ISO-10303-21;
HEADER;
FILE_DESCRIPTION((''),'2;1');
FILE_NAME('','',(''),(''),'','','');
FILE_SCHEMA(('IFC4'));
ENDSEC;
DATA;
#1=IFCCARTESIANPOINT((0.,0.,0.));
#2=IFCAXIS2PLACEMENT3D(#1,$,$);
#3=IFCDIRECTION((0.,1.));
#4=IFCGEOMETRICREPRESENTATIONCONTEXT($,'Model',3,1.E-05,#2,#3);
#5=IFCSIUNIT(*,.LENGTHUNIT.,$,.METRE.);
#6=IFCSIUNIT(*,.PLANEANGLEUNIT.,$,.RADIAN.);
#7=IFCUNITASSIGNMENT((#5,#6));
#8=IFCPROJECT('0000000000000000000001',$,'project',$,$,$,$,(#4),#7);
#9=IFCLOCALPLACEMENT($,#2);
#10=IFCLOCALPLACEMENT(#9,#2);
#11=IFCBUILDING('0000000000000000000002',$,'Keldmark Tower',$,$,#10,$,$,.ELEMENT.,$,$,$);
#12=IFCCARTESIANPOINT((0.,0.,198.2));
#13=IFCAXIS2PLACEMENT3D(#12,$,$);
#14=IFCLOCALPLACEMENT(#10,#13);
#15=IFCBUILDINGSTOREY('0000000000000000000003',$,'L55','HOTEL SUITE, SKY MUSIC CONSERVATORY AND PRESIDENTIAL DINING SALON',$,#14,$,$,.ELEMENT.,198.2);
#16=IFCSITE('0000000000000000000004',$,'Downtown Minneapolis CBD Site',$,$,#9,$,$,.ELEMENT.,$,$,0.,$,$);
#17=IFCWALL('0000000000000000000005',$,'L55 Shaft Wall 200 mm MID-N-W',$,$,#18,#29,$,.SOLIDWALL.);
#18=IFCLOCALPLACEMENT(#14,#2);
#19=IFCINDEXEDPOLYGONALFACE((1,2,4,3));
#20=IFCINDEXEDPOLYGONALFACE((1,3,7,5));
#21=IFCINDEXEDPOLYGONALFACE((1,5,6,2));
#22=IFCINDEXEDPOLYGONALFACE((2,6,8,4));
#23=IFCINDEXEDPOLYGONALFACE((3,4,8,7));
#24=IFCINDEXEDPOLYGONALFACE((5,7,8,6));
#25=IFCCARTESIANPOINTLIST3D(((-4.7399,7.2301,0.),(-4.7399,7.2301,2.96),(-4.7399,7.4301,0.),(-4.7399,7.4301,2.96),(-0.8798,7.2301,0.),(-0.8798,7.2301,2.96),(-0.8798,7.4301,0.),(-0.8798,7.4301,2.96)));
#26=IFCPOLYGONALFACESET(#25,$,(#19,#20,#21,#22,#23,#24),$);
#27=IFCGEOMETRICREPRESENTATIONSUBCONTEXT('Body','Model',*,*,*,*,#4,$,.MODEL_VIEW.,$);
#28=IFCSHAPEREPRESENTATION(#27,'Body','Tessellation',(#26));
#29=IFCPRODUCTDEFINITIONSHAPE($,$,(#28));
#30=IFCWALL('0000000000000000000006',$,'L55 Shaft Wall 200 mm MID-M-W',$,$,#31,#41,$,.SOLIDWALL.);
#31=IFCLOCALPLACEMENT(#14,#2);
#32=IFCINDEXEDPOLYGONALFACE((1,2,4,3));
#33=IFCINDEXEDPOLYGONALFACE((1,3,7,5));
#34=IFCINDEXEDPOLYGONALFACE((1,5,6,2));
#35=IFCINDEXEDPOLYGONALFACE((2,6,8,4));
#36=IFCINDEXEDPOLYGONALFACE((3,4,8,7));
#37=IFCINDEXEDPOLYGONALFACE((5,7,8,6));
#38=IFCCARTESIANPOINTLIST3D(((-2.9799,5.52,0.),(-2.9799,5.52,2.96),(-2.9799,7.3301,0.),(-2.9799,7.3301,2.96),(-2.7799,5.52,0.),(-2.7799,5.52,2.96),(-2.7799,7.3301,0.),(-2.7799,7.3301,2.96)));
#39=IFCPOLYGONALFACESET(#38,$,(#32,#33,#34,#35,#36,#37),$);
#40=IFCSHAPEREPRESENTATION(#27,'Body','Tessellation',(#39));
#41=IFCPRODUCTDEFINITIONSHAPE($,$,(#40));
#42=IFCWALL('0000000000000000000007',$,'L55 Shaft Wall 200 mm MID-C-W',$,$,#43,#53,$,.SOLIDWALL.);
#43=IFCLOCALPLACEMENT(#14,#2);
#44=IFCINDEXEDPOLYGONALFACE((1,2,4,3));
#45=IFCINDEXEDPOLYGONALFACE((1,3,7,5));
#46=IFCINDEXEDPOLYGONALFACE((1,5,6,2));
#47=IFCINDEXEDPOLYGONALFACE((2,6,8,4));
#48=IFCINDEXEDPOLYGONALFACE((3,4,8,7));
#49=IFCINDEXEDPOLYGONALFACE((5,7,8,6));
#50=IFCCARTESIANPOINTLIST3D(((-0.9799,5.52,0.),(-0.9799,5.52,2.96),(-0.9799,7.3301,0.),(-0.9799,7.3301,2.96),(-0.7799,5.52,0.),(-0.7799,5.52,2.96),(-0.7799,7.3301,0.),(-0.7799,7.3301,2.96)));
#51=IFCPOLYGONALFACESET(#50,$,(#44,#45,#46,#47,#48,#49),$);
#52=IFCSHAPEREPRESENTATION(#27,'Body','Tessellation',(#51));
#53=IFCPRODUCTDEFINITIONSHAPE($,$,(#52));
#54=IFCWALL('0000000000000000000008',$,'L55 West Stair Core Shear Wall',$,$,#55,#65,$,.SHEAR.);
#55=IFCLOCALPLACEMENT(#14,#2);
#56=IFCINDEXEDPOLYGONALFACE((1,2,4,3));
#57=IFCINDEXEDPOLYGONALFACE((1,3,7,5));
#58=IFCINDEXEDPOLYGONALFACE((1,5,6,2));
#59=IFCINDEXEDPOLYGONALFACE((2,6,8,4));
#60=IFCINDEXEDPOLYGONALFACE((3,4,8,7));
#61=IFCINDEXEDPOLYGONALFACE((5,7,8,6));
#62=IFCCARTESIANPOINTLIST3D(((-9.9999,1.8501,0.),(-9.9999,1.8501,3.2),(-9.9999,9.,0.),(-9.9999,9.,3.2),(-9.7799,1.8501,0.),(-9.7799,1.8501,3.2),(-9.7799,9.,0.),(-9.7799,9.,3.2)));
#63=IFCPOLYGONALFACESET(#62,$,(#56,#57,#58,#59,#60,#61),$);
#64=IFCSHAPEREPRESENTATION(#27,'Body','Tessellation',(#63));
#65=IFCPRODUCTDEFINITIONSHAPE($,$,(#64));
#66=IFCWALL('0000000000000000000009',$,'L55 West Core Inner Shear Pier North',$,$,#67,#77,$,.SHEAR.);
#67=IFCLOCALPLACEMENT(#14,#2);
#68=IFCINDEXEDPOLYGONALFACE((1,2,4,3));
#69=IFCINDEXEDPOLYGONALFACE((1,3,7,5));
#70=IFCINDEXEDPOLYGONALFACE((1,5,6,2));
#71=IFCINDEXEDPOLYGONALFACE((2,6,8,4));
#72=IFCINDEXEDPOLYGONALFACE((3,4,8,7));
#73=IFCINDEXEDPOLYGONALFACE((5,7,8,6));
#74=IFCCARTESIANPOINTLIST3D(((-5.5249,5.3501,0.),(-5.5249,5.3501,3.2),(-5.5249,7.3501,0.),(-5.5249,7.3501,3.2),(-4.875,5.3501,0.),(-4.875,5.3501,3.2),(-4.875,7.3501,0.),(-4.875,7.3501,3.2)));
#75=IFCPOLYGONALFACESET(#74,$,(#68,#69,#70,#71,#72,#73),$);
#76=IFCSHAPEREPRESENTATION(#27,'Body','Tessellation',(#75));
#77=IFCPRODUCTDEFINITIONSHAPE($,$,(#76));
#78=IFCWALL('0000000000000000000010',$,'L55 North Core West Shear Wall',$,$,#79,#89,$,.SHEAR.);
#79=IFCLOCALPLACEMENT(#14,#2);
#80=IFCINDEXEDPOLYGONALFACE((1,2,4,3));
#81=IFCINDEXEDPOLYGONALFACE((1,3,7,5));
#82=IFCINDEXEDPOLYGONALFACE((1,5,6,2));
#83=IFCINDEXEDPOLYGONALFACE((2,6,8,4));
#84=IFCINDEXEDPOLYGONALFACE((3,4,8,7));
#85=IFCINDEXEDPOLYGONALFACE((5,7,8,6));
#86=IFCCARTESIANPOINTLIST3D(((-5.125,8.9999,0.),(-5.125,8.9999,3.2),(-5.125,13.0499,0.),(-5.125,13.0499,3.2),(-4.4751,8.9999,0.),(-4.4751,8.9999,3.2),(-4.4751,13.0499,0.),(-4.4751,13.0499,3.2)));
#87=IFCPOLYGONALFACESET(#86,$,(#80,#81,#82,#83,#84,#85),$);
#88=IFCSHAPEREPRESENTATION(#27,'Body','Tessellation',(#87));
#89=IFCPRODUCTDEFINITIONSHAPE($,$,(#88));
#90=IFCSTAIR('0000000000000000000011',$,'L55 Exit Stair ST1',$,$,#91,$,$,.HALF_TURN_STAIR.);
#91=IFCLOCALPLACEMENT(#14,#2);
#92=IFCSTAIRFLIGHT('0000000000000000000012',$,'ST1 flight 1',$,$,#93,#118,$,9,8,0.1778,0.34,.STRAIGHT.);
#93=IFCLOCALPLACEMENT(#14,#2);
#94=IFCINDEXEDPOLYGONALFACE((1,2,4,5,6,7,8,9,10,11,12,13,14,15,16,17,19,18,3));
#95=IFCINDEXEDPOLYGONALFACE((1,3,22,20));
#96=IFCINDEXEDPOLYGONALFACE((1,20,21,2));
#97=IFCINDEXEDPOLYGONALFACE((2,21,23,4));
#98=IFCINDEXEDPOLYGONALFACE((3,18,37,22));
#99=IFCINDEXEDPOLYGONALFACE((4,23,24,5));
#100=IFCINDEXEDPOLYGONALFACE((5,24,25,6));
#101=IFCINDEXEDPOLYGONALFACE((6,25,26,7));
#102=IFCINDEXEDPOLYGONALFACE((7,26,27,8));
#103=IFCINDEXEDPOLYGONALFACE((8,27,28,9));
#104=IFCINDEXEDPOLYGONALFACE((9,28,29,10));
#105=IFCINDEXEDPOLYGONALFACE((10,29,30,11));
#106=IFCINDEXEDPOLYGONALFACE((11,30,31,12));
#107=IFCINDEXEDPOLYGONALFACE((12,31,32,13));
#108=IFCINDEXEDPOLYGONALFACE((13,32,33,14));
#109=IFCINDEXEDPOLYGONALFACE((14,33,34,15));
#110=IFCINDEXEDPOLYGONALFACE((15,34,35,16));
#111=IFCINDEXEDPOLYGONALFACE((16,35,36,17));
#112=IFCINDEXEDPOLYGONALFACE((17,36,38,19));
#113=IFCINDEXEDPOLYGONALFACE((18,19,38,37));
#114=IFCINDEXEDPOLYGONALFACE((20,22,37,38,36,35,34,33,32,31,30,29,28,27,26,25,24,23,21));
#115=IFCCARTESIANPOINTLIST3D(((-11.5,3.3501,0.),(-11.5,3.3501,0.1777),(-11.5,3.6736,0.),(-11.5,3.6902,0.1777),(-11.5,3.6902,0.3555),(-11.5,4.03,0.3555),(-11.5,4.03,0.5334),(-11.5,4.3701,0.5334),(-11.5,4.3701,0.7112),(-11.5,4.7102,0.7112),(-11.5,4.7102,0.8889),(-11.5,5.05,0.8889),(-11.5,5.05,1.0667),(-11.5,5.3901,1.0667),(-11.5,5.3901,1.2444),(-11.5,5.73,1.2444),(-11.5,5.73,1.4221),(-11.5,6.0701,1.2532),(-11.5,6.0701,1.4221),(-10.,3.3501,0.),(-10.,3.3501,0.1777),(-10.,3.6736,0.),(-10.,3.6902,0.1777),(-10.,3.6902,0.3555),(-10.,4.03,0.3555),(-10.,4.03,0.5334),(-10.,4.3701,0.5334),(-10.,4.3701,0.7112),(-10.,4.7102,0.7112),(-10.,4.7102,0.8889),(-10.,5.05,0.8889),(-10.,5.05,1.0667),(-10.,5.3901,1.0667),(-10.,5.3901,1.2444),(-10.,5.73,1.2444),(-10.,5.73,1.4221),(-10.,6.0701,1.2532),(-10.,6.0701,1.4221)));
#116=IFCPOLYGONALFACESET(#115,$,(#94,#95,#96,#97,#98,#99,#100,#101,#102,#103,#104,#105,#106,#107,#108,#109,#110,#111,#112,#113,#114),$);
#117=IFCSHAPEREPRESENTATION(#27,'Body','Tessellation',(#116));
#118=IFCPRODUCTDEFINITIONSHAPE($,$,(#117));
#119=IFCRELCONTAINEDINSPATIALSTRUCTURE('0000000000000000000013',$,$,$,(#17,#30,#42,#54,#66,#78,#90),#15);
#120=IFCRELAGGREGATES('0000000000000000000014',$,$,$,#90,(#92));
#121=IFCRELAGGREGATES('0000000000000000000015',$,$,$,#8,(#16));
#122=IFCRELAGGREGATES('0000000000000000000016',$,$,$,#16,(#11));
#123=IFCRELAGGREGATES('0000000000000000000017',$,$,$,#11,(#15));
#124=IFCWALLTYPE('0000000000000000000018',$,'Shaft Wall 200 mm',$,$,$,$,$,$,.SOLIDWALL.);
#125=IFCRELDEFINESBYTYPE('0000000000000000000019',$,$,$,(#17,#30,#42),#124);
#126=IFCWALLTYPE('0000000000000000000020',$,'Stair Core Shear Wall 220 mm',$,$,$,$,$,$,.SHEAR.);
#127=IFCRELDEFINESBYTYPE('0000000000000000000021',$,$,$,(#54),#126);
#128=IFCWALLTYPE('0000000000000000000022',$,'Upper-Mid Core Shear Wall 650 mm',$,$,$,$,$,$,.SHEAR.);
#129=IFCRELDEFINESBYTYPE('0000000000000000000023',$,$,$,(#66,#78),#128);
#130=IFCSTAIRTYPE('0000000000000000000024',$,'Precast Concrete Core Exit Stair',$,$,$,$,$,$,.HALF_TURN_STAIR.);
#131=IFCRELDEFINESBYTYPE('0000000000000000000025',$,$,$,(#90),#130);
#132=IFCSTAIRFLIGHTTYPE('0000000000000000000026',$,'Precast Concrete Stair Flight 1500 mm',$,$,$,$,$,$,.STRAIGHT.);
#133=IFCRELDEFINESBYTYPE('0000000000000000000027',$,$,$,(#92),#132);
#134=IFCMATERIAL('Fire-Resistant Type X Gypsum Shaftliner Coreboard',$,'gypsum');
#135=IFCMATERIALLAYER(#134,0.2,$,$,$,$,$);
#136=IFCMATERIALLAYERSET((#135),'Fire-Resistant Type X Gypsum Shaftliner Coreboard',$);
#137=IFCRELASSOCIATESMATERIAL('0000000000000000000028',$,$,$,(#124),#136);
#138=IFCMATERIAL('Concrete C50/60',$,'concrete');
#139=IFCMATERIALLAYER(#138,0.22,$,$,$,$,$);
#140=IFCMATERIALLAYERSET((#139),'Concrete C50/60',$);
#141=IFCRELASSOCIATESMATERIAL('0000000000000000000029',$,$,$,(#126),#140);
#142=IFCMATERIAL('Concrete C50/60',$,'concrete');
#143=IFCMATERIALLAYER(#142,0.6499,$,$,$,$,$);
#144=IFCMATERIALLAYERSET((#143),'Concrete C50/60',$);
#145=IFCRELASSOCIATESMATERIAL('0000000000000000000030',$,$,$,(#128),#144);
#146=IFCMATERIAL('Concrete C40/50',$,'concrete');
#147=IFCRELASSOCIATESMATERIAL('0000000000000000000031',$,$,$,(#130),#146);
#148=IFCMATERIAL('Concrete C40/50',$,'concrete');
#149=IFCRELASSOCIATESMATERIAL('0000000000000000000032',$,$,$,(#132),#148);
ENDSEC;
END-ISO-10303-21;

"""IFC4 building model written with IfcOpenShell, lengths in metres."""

from ifc_helpers import new_model, si_unit, direction, frame, frame_2d, origin, place, context, subcontext, project, spatial, polyline, rectangle, outline, extrude, material, layer, layer_set, type_object, element, aggregate, save


model = new_model("IFC4")

# Units and contexts
model_context = context("Model", 3, precision=1e-05, world=origin(), true_north=direction((0.0, 1.0)))
body_context = subcontext(model_context, "Body", "Model", "MODEL_VIEW")
ifc_project = project(units=[si_unit("LENGTHUNIT", "METRE"), si_unit("PLANEANGLEUNIT", "RADIAN")], contexts=[model_context])

# Site, building, storey
site_placement = place(None, origin())
site = spatial("IfcSite", under=ifc_project, at=site_placement, Name="Downtown Minneapolis CBD Site", CompositionType="ELEMENT", RefElevation=0.0)
building_placement = place(site_placement, origin())
building = spatial("IfcBuilding", under=site, at=building_placement, Name="Keldmark Tower", CompositionType="ELEMENT")
storey_placement = place(building_placement, frame((0.0, 0.0, 198.2)))
storey = spatial("IfcBuildingStorey", under=building, at=storey_placement, Name="L55", Description="HOTEL SUITE, SKY MUSIC CONSERVATORY AND PRESIDENTIAL DINING SALON", CompositionType="ELEMENT", Elevation=198.2)

# Shared definitions
ifc_material_1 = material(Name="Fire-Resistant Type X Gypsum Shaftliner Coreboard", Category="gypsum")
ifc_layer_1 = layer(ifc_material_1, 0.2)
ifc_layer_set_1 = layer_set([ifc_layer_1], Name="Fire-Resistant Type X Gypsum Shaftliner Coreboard")
wall_type_1 = type_object("IfcWallType", Name="Shaft Wall 200 mm", PredefinedType="SOLIDWALL", material=ifc_layer_set_1)

# Walls
wall_1_placement = place(storey_placement, frame((-4.74, 7.3301, 0.0), z_axis=(0.0, 0.0, 1.0), x_axis=(1.0, 0.0, 0.0)))
element("IfcWall", 1, at=wall_1_placement, inside=storey, type_object=wall_type_1, Name="L55 Shaft Wall 200 mm MID-N-W", PredefinedType="SOLIDWALL", context=body_context, shape_type="SweptSolid", body=[
    extrude(rectangle(XDim=3.8601, YDim=0.2, at=frame_2d((1.9302, 0.0))), origin(), (0.0, 0.0, 1.0), 2.96),
])
for number, where, z_axis, x_axis, name in (
    (2, (-2.8799, 5.52, 0.0), (0.0, 0.0, 1.0), (0.0, 1.0, 0.0), "L55 Shaft Wall 200 mm MID-M-W"),
    (3, (-0.8799, 5.52, 0.0), (0.0, 0.0, 1.0), (0.0, 1.0, 0.0), "L55 Shaft Wall 200 mm MID-C-W"),
):
    element("IfcWall", number, at=place(storey_placement, frame(where, z_axis=z_axis, x_axis=x_axis)), inside=storey, type_object=wall_type_1, Name=name, PredefinedType="SOLIDWALL", context=body_context, shape_type="SweptSolid", body=[
        extrude(rectangle(XDim=1.8101, YDim=0.2, at=frame_2d((0.905, 0.0))), origin(), (0.0, 0.0, 1.0), 2.96),
    ])
ifc_material_2 = material(Name="Concrete C50/60", Category="concrete")
ifc_layer_2 = layer(ifc_material_2, 0.22)
ifc_layer_set_2 = layer_set([ifc_layer_2], Name="Concrete C50/60")
wall_type_2 = type_object("IfcWallType", Name="Stair Core Shear Wall 220 mm", PredefinedType="SHEAR", material=ifc_layer_set_2)
wall_2_placement = place(storey_placement, frame((-9.8899, 1.8501, 0.0), z_axis=(0.0, 0.0, 1.0), x_axis=(0.0, 1.0, 0.0)))
element("IfcWall", 4, at=wall_2_placement, inside=storey, type_object=wall_type_2, Name="L55 West Stair Core Shear Wall", PredefinedType="SHEAR", context=body_context, shape_type="SweptSolid", body=[
    extrude(rectangle(XDim=7.1499, YDim=0.22, at=frame_2d((3.575, 0.0))), origin(), (0.0, 0.0, 1.0), 3.2),
])

# Shared definitions
ifc_material_3 = material(Name="Concrete C50/60", Category="concrete")
ifc_layer_3 = layer(ifc_material_3, 0.6499)
ifc_layer_set_3 = layer_set([ifc_layer_3], Name="Concrete C50/60")
wall_type_3 = type_object("IfcWallType", Name="Upper-Mid Core Shear Wall 650 mm", PredefinedType="SHEAR", material=ifc_layer_set_3)

# Walls
wall_3_placement = place(storey_placement, frame((-5.2, 5.3501, 0.0), z_axis=(0.0, 0.0, 1.0), x_axis=(0.0, 1.0, 0.0)))
element("IfcWall", 5, at=wall_3_placement, inside=storey, type_object=wall_type_3, Name="L55 West Core Inner Shear Pier North", PredefinedType="SHEAR", context=body_context, shape_type="SweptSolid", body=[
    extrude(rectangle(XDim=2.0, YDim=0.6499, at=frame_2d((1.0, 0.0))), origin(), (0.0, 0.0, 1.0), 3.2),
])
wall_4_placement = place(storey_placement, frame((-4.8, 9.0, 0.0), z_axis=(0.0, 0.0, 1.0), x_axis=(0.0, 1.0, 0.0)))
element("IfcWall", 6, at=wall_4_placement, inside=storey, type_object=wall_type_3, Name="L55 North Core West Shear Wall", PredefinedType="SHEAR", context=body_context, shape_type="SweptSolid", body=[
    extrude(rectangle(XDim=4.05, YDim=0.6499, at=frame_2d((2.0249, 0.0))), origin(), (0.0, 0.0, 1.0), 3.2),
])

# Stair, stair flight
ifc_material_4 = material(Name="Concrete C40/50", Category="concrete")
stair_type = type_object("IfcStairType", Name="Precast Concrete Core Exit Stair", PredefinedType="HALF_TURN_STAIR", material=ifc_material_4)
stair_placement = place(storey_placement, origin())
stair = element("IfcStair", 7, at=stair_placement, inside=storey, type_object=stair_type, Name="L55 Exit Stair ST1", PredefinedType="HALF_TURN_STAIR")
ifc_material_5 = material(Name="Concrete C40/50", Category="concrete")
stair_flight_type = type_object("IfcStairFlightType", Name="Precast Concrete Stair Flight 1500 mm", PredefinedType="STRAIGHT", material=ifc_material_5)
stair_flight_placement = place(storey_placement, frame((-10.75, 3.3501, 0.0), z_axis=(0.0, 0.0, 1.0), x_axis=(0.0, 1.0, 0.0)))
stair_flight = element("IfcStairFlight", 8, at=stair_flight_placement, type_object=stair_flight_type, Name="ST1 flight 1", NumberOfRisers=9, NumberOfTreads=8, PredefinedType="STRAIGHT", RiserHeight=0.1778, TreadLength=0.34, context=body_context, shape_type="SweptSolid", body=[
    extrude(outline(polyline([(0.0, 0.0), (0.0, 0.1777), (0.3401, 0.1777), (0.3401, 0.3555), (0.6799, 0.3555), (0.6799, 0.5334), (1.02, 0.5334), (1.02, 0.7112), (1.3601, 0.7112), (1.3601, 0.8889), (1.7, 0.8889), (1.7, 1.0667), (2.04, 1.0667), (2.04, 1.2444), (2.3799, 1.2444), (2.3799, 1.4221), (2.72, 1.4221), (2.72, 1.6001), (2.72, 1.2532), (0.3235, 0.0), (0.0, 0.0)])), frame((0.0, 0.75, 0.0), z_axis=(0.0, -1.0, 0.0), x_axis=(1.0, 0.0, 0.0)), (0.0, 0.0, 1.0), 1.5),
])
aggregate(stair, [stair_flight])

save(model, "model.ifc")
